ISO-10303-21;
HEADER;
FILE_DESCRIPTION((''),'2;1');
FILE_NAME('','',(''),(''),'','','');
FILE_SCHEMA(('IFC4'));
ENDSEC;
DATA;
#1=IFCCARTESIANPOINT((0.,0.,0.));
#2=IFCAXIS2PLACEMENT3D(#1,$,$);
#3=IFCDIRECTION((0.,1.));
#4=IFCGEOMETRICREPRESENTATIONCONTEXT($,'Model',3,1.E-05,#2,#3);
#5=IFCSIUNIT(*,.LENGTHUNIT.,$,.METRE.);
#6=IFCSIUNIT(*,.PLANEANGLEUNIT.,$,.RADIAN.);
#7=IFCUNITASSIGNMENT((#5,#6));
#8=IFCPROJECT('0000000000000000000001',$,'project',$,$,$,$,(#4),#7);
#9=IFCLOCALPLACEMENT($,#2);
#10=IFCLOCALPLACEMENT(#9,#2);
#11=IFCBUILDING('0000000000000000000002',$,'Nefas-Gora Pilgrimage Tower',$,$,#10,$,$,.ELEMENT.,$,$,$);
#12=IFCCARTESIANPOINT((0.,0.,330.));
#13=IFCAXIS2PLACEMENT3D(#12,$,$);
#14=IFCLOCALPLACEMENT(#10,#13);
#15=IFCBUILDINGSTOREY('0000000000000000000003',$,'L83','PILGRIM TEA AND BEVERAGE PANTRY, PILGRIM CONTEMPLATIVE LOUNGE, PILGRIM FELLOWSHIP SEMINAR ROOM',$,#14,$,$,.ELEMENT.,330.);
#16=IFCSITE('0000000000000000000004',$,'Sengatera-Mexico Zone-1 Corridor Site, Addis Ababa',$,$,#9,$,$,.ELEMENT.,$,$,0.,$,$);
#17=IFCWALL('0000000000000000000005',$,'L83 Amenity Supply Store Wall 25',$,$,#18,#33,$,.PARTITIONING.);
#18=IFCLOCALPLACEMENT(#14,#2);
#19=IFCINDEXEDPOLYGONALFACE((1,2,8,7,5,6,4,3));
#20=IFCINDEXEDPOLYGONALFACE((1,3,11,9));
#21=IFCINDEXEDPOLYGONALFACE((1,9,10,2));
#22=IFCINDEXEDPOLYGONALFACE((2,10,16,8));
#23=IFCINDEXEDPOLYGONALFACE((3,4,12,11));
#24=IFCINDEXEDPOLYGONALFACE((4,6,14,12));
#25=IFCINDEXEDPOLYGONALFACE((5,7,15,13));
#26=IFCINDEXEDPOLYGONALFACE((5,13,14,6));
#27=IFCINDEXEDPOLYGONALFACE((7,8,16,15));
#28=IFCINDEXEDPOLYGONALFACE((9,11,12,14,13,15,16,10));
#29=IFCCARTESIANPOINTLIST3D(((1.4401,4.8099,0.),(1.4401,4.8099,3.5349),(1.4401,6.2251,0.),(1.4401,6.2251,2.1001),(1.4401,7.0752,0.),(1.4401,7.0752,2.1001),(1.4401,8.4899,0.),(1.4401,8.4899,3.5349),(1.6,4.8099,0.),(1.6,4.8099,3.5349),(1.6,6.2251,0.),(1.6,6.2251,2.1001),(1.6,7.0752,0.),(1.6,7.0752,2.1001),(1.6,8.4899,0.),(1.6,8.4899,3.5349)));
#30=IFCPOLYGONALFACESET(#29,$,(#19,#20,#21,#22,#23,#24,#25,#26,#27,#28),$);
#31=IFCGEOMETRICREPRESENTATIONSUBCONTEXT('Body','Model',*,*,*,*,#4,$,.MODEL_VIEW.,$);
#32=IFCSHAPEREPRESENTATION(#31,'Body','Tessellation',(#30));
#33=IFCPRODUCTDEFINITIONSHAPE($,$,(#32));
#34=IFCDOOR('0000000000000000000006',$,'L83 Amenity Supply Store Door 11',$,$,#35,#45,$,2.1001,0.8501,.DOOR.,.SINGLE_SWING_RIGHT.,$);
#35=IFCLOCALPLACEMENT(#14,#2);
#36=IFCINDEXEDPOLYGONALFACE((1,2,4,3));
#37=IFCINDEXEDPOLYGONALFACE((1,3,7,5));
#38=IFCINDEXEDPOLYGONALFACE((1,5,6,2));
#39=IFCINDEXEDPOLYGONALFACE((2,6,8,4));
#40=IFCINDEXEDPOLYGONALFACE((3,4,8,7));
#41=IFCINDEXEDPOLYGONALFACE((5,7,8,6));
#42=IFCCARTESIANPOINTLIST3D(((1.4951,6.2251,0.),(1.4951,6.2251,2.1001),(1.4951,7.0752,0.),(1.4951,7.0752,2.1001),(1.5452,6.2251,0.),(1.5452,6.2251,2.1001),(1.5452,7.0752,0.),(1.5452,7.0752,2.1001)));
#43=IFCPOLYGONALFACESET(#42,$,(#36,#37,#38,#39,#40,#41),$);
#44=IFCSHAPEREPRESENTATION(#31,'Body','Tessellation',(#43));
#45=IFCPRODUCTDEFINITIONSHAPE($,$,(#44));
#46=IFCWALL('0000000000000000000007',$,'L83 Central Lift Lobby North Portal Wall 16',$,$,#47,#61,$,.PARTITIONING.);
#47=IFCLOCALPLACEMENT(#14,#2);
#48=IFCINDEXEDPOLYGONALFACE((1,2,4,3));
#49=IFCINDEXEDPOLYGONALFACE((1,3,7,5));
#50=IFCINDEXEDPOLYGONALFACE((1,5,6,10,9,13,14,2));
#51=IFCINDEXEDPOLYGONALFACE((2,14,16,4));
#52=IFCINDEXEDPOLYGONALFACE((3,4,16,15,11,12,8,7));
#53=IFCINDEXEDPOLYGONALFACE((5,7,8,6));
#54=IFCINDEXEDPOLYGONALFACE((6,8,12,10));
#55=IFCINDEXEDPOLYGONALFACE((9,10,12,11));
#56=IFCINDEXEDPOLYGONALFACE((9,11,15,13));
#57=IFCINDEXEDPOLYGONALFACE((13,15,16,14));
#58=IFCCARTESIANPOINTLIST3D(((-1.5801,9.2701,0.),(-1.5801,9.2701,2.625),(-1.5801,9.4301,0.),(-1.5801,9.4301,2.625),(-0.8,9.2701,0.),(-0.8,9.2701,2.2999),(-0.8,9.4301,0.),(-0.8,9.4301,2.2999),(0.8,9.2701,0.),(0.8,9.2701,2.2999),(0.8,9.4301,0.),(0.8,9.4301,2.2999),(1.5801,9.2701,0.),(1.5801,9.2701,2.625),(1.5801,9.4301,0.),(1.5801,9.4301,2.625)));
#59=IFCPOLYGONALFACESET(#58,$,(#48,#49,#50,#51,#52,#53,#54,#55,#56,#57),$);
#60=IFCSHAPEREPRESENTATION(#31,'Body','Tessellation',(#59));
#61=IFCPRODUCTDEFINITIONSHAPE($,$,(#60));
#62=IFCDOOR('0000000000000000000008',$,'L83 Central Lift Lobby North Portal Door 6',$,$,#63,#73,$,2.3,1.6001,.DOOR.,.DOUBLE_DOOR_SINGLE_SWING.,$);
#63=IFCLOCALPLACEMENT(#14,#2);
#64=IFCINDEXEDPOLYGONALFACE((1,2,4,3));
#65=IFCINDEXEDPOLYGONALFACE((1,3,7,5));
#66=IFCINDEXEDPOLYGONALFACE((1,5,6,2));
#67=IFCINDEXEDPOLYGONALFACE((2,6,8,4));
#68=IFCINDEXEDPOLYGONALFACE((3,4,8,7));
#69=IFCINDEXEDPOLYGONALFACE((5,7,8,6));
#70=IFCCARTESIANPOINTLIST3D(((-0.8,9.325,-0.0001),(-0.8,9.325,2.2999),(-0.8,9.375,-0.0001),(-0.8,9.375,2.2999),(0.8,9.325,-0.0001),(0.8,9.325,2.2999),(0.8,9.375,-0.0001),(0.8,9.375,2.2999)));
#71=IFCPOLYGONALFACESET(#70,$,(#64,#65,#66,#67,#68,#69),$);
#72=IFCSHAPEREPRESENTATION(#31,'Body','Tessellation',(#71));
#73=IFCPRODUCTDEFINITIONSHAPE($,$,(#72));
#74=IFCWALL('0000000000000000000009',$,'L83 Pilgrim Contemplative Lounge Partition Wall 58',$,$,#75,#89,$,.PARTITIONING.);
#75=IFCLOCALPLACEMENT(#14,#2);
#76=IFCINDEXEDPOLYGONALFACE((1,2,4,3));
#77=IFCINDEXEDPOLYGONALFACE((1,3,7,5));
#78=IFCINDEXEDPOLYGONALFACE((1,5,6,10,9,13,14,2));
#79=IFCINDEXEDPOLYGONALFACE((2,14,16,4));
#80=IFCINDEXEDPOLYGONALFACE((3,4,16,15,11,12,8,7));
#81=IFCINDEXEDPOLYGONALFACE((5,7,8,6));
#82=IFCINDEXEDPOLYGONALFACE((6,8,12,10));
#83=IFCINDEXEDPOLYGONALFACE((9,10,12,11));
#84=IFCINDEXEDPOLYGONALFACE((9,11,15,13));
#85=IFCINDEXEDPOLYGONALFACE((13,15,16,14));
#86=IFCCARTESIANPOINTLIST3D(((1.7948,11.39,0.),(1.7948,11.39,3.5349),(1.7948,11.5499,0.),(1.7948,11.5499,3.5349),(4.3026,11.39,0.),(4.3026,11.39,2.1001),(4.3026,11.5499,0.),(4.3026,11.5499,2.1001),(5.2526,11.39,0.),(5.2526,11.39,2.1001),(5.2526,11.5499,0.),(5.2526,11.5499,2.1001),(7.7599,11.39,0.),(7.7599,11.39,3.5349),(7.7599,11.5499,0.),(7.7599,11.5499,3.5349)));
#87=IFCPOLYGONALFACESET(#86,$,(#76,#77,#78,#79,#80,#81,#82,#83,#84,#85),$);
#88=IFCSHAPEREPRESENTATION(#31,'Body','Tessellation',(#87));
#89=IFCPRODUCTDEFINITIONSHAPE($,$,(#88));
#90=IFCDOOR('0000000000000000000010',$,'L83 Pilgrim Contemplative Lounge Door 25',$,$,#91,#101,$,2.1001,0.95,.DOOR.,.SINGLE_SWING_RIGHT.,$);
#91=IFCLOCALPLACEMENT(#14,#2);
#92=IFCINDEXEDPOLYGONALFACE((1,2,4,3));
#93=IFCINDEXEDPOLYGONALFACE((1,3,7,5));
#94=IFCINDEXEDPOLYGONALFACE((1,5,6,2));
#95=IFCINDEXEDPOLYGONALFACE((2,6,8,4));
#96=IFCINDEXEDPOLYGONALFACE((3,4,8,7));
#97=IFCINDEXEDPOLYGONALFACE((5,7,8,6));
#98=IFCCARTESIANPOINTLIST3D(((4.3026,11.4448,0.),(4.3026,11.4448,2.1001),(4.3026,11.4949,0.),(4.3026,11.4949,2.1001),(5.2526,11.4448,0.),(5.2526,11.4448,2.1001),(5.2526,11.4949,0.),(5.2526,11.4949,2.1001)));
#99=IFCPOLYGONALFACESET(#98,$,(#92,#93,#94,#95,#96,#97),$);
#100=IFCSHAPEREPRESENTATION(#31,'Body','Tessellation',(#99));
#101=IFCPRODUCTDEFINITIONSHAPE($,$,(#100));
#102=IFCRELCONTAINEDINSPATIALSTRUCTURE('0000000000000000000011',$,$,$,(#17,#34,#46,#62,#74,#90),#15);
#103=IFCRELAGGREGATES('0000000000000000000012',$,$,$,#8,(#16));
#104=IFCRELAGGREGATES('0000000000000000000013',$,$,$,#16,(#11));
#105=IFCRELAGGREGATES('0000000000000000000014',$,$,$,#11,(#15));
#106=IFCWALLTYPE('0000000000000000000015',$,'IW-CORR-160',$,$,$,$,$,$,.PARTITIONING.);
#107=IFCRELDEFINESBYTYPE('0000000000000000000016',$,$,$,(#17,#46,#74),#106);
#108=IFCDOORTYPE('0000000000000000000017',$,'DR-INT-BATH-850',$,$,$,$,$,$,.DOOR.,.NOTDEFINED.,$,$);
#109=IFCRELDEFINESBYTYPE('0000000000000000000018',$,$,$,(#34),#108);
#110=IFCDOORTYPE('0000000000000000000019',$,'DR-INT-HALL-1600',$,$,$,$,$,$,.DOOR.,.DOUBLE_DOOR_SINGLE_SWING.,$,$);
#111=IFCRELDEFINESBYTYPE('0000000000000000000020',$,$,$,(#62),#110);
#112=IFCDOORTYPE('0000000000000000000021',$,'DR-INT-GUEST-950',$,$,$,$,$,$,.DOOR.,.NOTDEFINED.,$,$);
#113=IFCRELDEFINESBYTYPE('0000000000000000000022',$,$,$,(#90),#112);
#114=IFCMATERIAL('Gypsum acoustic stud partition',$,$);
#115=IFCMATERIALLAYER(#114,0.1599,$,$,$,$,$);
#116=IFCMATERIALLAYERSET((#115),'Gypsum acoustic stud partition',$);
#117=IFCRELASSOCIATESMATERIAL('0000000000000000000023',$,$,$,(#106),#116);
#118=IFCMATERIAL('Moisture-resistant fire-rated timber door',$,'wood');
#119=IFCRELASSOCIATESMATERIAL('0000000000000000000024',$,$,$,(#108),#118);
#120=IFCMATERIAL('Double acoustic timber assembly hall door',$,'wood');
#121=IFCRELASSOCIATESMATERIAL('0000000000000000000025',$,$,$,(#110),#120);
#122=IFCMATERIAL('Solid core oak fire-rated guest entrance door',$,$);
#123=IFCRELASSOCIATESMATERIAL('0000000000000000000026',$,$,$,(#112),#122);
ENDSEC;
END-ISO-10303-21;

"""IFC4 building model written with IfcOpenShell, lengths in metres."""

from ifc_helpers import new_model, si_unit, direction, frame, frame_2d, origin, place, context, subcontext, project, spatial, rectangle, extrude, source, transform, mapped, material, layer, layer_set, type_object, element, fill, save


model = new_model("IFC4")

# Units and contexts
model_context = context("Model", 3, precision=1e-05, world=origin(), true_north=direction((0.0, 1.0)))
body_context = subcontext(model_context, "Body", "Model", "MODEL_VIEW")
ifc_project = project(units=[si_unit("LENGTHUNIT", "METRE"), si_unit("PLANEANGLEUNIT", "RADIAN")], contexts=[model_context])

# Site, building, storey
site_placement = place(None, origin())
site = spatial("IfcSite", under=ifc_project, at=site_placement, Name="Sengatera-Mexico Zone-1 Corridor Site, Addis Ababa", CompositionType="ELEMENT", RefElevation=0.0)
building_placement = place(site_placement, origin())
building = spatial("IfcBuilding", under=site, at=building_placement, Name="Nefas-Gora Pilgrimage Tower", CompositionType="ELEMENT")
storey_placement = place(building_placement, frame((0.0, 0.0, 330.0)))
storey = spatial("IfcBuildingStorey", under=building, at=storey_placement, Name="L83", Description="PILGRIM TEA AND BEVERAGE PANTRY, PILGRIM CONTEMPLATIVE LOUNGE, PILGRIM FELLOWSHIP SEMINAR ROOM", CompositionType="ELEMENT", Elevation=330.0)

# Shared definitions
ifc_material_1 = material(Name="Gypsum acoustic stud partition")
ifc_layer_1 = layer(ifc_material_1, 0.1599)
ifc_layer_set_1 = layer_set([ifc_layer_1], Name="Gypsum acoustic stud partition")
wall_type_1 = type_object("IfcWallType", Name="IW-CORR-160", PredefinedType="PARTITIONING", material=ifc_layer_set_1)

# Walls, openings, doors
ifc_material_2 = material(Name="Moisture-resistant fire-rated timber door", Category="wood")
door_type_1 = type_object("IfcDoorType", Name="DR-INT-BATH-850", OperationType="NOTDEFINED", PredefinedType="DOOR", material=ifc_material_2)
shared_shape_1 = source(origin(), body_context, "Body", "SweptSolid", [
    extrude(rectangle(XDim=0.8501, YDim=2.1001, at=frame_2d((0.425, 1.05))), frame((0.0, 0.0249, 0.0), z_axis=(0.0, -1.0, 0.0), x_axis=(1.0, 0.0, 0.0)), (0.0, 0.0, 1.0), 0.05),
])
shared_shape_2 = source(origin(), body_context, "Body", "SweptSolid", [
    extrude(rectangle(XDim=3.6799, YDim=0.1599, at=frame_2d((1.8398, 0.0))), origin(), (0.0, 0.0, 1.0), 3.5349),
])
wall_1_placement = place(storey_placement, frame((1.52, 4.8101, 0.0), z_axis=(0.0, 0.0, 1.0), x_axis=(0.0, 1.0, 0.0)))
wall_1 = element("IfcWall", 1, at=wall_1_placement, inside=storey, type_object=wall_type_1, Name="L83 Amenity Supply Store Wall 25", PredefinedType="PARTITIONING", context=body_context, shape_type="MappedRepresentation", body=[
    mapped(shared_shape_2, transform((0.0, 0.0, 0.0), x_axis=(1.0, 0.0, 0.0), y_axis=(0.0, 1.0, 0.0), z_axis=(0.0, 0.0, 1.0), scale=1.0)),
])
opening_1_placement = place(wall_1_placement, frame((1.415, 0.0, 0.0)))
opening_1 = element("IfcOpeningElement", 2, at=opening_1_placement, cuts=wall_1, PredefinedType="OPENING", context=body_context, shape_type="SweptSolid", body=[
    extrude(rectangle(XDim=0.8501, YDim=2.1001, at=frame_2d((0.425, 1.05))), frame((0.0, 0.0898, 0.0), z_axis=(0.0, -1.0, 0.0), x_axis=(1.0, 0.0, 0.0)), (0.0, 0.0, 1.0), 0.1799),
])
door_1_placement = place(opening_1_placement, origin())
door_1 = element("IfcDoor", 3, at=door_1_placement, inside=storey, type_object=door_type_1, Name="L83 Amenity Supply Store Door 11", OperationType="SINGLE_SWING_RIGHT", OverallHeight=2.1001, OverallWidth=0.8501, PredefinedType="DOOR", context=body_context, shape_type="MappedRepresentation", body=[
    mapped(shared_shape_1, transform((0.0, 0.0, 0.0), x_axis=(1.0, 0.0, 0.0), y_axis=(0.0, 1.0, 0.0), z_axis=(0.0, 0.0, 1.0), scale=1.0)),
])
fill(opening_1, door_1)
shared_shape_3 = source(origin(), body_context, "Body", "SweptSolid", [
    extrude(rectangle(XDim=3.1602, YDim=0.1599, at=frame_2d((1.5801, 0.0))), origin(), (0.0, 0.0, 1.0), 2.625),
])
wall_2_placement = place(storey_placement, frame((-1.5801, 9.3501, 0.0), z_axis=(0.0, 0.0, 1.0), x_axis=(1.0, 0.0, 0.0)))
wall_2 = element("IfcWall", 4, at=wall_2_placement, inside=storey, type_object=wall_type_1, Name="L83 Central Lift Lobby North Portal Wall 16", PredefinedType="PARTITIONING", context=body_context, shape_type="MappedRepresentation", body=[
    mapped(shared_shape_3, transform((0.0, 0.0, 0.0), x_axis=(1.0, 0.0, 0.0), y_axis=(0.0, 1.0, 0.0), z_axis=(0.0, 0.0, 1.0), scale=1.0)),
])
opening_2_placement = place(wall_2_placement, frame((0.78, 0.0, 0.0)))
opening_2 = element("IfcOpeningElement", 5, at=opening_2_placement, cuts=wall_2, PredefinedType="OPENING", context=body_context, shape_type="SweptSolid", body=[
    extrude(rectangle(XDim=1.6001, YDim=2.3, at=frame_2d((0.8, 1.1499))), frame((0.0, 0.0898, 0.0), z_axis=(0.0, -1.0, 0.0), x_axis=(1.0, 0.0, 0.0)), (0.0, 0.0, 1.0), 0.1799),
])
ifc_material_3 = material(Name="Double acoustic timber assembly hall door", Category="wood")
door_type_2 = type_object("IfcDoorType", Name="DR-INT-HALL-1600", OperationType="DOUBLE_DOOR_SINGLE_SWING", PredefinedType="DOOR", material=ifc_material_3)
shared_shape_4 = source(origin(), body_context, "Body", "SweptSolid", [
    extrude(rectangle(XDim=1.6001, YDim=2.3, at=frame_2d((0.8, 1.1499))), frame((0.0, 0.0249, 0.0), z_axis=(0.0, -1.0, 0.0), x_axis=(1.0, 0.0, 0.0)), (0.0, 0.0, 1.0), 0.05),
])
door_2_placement = place(opening_2_placement, origin())
door_2 = element("IfcDoor", 6, at=door_2_placement, inside=storey, type_object=door_type_2, Name="L83 Central Lift Lobby North Portal Door 6", OperationType="DOUBLE_DOOR_SINGLE_SWING", OverallHeight=2.3, OverallWidth=1.6001, PredefinedType="DOOR", context=body_context, shape_type="MappedRepresentation", body=[
    mapped(shared_shape_4, transform((0.0, 0.0, 0.0), x_axis=(1.0, 0.0, 0.0), y_axis=(0.0, 1.0, 0.0), z_axis=(0.0, 0.0, 1.0), scale=1.0)),
])
fill(opening_2, door_2)
shared_shape_5 = source(origin(), body_context, "Body", "SweptSolid", [
    extrude(rectangle(XDim=5.9651, YDim=0.1599, at=frame_2d((2.9824, 0.0))), origin(), (0.0, 0.0, 1.0), 3.5349),
])
wall_3_placement = place(storey_placement, frame((1.7949, 11.47, 0.0), z_axis=(0.0, 0.0, 1.0), x_axis=(1.0, 0.0, 0.0)))
wall_3 = element("IfcWall", 7, at=wall_3_placement, inside=storey, type_object=wall_type_1, Name="L83 Pilgrim Contemplative Lounge Partition Wall 58", PredefinedType="PARTITIONING", context=body_context, shape_type="MappedRepresentation", body=[
    mapped(shared_shape_5, transform((0.0, 0.0, 0.0), x_axis=(1.0, 0.0, 0.0), y_axis=(0.0, 1.0, 0.0), z_axis=(0.0, 0.0, 1.0), scale=1.0)),
])
opening_3_placement = place(wall_3_placement, frame((2.5076, 0.0, 0.0)))
opening_3 = element("IfcOpeningElement", 8, at=opening_3_placement, cuts=wall_3, PredefinedType="OPENING", context=body_context, shape_type="SweptSolid", body=[
    extrude(rectangle(XDim=0.95, YDim=2.1001, at=frame_2d((0.4751, 1.05))), frame((0.0, 0.0898, 0.0), z_axis=(0.0, -1.0, 0.0), x_axis=(1.0, 0.0, 0.0)), (0.0, 0.0, 1.0), 0.1799),
])
ifc_material_4 = material(Name="Solid core oak fire-rated guest entrance door")
door_type_3 = type_object("IfcDoorType", Name="DR-INT-GUEST-950", OperationType="NOTDEFINED", PredefinedType="DOOR", material=ifc_material_4)
shared_shape_6 = source(origin(), body_context, "Body", "SweptSolid", [
    extrude(rectangle(XDim=0.95, YDim=2.1001, at=frame_2d((0.4751, 1.05))), frame((0.0, 0.0249, 0.0), z_axis=(0.0, -1.0, 0.0), x_axis=(1.0, 0.0, 0.0)), (0.0, 0.0, 1.0), 0.05),
])
door_3_placement = place(opening_3_placement, origin())
door_3 = element("IfcDoor", 9, at=door_3_placement, inside=storey, type_object=door_type_3, Name="L83 Pilgrim Contemplative Lounge Door 25", OperationType="SINGLE_SWING_RIGHT", OverallHeight=2.1001, OverallWidth=0.95, PredefinedType="DOOR", context=body_context, shape_type="MappedRepresentation", body=[
    mapped(shared_shape_6, transform((0.0, 0.0, 0.0), x_axis=(1.0, 0.0, 0.0), y_axis=(0.0, 1.0, 0.0), z_axis=(0.0, 0.0, 1.0), scale=1.0)),
])
fill(opening_3, door_3)

save(model, "model.ifc")
